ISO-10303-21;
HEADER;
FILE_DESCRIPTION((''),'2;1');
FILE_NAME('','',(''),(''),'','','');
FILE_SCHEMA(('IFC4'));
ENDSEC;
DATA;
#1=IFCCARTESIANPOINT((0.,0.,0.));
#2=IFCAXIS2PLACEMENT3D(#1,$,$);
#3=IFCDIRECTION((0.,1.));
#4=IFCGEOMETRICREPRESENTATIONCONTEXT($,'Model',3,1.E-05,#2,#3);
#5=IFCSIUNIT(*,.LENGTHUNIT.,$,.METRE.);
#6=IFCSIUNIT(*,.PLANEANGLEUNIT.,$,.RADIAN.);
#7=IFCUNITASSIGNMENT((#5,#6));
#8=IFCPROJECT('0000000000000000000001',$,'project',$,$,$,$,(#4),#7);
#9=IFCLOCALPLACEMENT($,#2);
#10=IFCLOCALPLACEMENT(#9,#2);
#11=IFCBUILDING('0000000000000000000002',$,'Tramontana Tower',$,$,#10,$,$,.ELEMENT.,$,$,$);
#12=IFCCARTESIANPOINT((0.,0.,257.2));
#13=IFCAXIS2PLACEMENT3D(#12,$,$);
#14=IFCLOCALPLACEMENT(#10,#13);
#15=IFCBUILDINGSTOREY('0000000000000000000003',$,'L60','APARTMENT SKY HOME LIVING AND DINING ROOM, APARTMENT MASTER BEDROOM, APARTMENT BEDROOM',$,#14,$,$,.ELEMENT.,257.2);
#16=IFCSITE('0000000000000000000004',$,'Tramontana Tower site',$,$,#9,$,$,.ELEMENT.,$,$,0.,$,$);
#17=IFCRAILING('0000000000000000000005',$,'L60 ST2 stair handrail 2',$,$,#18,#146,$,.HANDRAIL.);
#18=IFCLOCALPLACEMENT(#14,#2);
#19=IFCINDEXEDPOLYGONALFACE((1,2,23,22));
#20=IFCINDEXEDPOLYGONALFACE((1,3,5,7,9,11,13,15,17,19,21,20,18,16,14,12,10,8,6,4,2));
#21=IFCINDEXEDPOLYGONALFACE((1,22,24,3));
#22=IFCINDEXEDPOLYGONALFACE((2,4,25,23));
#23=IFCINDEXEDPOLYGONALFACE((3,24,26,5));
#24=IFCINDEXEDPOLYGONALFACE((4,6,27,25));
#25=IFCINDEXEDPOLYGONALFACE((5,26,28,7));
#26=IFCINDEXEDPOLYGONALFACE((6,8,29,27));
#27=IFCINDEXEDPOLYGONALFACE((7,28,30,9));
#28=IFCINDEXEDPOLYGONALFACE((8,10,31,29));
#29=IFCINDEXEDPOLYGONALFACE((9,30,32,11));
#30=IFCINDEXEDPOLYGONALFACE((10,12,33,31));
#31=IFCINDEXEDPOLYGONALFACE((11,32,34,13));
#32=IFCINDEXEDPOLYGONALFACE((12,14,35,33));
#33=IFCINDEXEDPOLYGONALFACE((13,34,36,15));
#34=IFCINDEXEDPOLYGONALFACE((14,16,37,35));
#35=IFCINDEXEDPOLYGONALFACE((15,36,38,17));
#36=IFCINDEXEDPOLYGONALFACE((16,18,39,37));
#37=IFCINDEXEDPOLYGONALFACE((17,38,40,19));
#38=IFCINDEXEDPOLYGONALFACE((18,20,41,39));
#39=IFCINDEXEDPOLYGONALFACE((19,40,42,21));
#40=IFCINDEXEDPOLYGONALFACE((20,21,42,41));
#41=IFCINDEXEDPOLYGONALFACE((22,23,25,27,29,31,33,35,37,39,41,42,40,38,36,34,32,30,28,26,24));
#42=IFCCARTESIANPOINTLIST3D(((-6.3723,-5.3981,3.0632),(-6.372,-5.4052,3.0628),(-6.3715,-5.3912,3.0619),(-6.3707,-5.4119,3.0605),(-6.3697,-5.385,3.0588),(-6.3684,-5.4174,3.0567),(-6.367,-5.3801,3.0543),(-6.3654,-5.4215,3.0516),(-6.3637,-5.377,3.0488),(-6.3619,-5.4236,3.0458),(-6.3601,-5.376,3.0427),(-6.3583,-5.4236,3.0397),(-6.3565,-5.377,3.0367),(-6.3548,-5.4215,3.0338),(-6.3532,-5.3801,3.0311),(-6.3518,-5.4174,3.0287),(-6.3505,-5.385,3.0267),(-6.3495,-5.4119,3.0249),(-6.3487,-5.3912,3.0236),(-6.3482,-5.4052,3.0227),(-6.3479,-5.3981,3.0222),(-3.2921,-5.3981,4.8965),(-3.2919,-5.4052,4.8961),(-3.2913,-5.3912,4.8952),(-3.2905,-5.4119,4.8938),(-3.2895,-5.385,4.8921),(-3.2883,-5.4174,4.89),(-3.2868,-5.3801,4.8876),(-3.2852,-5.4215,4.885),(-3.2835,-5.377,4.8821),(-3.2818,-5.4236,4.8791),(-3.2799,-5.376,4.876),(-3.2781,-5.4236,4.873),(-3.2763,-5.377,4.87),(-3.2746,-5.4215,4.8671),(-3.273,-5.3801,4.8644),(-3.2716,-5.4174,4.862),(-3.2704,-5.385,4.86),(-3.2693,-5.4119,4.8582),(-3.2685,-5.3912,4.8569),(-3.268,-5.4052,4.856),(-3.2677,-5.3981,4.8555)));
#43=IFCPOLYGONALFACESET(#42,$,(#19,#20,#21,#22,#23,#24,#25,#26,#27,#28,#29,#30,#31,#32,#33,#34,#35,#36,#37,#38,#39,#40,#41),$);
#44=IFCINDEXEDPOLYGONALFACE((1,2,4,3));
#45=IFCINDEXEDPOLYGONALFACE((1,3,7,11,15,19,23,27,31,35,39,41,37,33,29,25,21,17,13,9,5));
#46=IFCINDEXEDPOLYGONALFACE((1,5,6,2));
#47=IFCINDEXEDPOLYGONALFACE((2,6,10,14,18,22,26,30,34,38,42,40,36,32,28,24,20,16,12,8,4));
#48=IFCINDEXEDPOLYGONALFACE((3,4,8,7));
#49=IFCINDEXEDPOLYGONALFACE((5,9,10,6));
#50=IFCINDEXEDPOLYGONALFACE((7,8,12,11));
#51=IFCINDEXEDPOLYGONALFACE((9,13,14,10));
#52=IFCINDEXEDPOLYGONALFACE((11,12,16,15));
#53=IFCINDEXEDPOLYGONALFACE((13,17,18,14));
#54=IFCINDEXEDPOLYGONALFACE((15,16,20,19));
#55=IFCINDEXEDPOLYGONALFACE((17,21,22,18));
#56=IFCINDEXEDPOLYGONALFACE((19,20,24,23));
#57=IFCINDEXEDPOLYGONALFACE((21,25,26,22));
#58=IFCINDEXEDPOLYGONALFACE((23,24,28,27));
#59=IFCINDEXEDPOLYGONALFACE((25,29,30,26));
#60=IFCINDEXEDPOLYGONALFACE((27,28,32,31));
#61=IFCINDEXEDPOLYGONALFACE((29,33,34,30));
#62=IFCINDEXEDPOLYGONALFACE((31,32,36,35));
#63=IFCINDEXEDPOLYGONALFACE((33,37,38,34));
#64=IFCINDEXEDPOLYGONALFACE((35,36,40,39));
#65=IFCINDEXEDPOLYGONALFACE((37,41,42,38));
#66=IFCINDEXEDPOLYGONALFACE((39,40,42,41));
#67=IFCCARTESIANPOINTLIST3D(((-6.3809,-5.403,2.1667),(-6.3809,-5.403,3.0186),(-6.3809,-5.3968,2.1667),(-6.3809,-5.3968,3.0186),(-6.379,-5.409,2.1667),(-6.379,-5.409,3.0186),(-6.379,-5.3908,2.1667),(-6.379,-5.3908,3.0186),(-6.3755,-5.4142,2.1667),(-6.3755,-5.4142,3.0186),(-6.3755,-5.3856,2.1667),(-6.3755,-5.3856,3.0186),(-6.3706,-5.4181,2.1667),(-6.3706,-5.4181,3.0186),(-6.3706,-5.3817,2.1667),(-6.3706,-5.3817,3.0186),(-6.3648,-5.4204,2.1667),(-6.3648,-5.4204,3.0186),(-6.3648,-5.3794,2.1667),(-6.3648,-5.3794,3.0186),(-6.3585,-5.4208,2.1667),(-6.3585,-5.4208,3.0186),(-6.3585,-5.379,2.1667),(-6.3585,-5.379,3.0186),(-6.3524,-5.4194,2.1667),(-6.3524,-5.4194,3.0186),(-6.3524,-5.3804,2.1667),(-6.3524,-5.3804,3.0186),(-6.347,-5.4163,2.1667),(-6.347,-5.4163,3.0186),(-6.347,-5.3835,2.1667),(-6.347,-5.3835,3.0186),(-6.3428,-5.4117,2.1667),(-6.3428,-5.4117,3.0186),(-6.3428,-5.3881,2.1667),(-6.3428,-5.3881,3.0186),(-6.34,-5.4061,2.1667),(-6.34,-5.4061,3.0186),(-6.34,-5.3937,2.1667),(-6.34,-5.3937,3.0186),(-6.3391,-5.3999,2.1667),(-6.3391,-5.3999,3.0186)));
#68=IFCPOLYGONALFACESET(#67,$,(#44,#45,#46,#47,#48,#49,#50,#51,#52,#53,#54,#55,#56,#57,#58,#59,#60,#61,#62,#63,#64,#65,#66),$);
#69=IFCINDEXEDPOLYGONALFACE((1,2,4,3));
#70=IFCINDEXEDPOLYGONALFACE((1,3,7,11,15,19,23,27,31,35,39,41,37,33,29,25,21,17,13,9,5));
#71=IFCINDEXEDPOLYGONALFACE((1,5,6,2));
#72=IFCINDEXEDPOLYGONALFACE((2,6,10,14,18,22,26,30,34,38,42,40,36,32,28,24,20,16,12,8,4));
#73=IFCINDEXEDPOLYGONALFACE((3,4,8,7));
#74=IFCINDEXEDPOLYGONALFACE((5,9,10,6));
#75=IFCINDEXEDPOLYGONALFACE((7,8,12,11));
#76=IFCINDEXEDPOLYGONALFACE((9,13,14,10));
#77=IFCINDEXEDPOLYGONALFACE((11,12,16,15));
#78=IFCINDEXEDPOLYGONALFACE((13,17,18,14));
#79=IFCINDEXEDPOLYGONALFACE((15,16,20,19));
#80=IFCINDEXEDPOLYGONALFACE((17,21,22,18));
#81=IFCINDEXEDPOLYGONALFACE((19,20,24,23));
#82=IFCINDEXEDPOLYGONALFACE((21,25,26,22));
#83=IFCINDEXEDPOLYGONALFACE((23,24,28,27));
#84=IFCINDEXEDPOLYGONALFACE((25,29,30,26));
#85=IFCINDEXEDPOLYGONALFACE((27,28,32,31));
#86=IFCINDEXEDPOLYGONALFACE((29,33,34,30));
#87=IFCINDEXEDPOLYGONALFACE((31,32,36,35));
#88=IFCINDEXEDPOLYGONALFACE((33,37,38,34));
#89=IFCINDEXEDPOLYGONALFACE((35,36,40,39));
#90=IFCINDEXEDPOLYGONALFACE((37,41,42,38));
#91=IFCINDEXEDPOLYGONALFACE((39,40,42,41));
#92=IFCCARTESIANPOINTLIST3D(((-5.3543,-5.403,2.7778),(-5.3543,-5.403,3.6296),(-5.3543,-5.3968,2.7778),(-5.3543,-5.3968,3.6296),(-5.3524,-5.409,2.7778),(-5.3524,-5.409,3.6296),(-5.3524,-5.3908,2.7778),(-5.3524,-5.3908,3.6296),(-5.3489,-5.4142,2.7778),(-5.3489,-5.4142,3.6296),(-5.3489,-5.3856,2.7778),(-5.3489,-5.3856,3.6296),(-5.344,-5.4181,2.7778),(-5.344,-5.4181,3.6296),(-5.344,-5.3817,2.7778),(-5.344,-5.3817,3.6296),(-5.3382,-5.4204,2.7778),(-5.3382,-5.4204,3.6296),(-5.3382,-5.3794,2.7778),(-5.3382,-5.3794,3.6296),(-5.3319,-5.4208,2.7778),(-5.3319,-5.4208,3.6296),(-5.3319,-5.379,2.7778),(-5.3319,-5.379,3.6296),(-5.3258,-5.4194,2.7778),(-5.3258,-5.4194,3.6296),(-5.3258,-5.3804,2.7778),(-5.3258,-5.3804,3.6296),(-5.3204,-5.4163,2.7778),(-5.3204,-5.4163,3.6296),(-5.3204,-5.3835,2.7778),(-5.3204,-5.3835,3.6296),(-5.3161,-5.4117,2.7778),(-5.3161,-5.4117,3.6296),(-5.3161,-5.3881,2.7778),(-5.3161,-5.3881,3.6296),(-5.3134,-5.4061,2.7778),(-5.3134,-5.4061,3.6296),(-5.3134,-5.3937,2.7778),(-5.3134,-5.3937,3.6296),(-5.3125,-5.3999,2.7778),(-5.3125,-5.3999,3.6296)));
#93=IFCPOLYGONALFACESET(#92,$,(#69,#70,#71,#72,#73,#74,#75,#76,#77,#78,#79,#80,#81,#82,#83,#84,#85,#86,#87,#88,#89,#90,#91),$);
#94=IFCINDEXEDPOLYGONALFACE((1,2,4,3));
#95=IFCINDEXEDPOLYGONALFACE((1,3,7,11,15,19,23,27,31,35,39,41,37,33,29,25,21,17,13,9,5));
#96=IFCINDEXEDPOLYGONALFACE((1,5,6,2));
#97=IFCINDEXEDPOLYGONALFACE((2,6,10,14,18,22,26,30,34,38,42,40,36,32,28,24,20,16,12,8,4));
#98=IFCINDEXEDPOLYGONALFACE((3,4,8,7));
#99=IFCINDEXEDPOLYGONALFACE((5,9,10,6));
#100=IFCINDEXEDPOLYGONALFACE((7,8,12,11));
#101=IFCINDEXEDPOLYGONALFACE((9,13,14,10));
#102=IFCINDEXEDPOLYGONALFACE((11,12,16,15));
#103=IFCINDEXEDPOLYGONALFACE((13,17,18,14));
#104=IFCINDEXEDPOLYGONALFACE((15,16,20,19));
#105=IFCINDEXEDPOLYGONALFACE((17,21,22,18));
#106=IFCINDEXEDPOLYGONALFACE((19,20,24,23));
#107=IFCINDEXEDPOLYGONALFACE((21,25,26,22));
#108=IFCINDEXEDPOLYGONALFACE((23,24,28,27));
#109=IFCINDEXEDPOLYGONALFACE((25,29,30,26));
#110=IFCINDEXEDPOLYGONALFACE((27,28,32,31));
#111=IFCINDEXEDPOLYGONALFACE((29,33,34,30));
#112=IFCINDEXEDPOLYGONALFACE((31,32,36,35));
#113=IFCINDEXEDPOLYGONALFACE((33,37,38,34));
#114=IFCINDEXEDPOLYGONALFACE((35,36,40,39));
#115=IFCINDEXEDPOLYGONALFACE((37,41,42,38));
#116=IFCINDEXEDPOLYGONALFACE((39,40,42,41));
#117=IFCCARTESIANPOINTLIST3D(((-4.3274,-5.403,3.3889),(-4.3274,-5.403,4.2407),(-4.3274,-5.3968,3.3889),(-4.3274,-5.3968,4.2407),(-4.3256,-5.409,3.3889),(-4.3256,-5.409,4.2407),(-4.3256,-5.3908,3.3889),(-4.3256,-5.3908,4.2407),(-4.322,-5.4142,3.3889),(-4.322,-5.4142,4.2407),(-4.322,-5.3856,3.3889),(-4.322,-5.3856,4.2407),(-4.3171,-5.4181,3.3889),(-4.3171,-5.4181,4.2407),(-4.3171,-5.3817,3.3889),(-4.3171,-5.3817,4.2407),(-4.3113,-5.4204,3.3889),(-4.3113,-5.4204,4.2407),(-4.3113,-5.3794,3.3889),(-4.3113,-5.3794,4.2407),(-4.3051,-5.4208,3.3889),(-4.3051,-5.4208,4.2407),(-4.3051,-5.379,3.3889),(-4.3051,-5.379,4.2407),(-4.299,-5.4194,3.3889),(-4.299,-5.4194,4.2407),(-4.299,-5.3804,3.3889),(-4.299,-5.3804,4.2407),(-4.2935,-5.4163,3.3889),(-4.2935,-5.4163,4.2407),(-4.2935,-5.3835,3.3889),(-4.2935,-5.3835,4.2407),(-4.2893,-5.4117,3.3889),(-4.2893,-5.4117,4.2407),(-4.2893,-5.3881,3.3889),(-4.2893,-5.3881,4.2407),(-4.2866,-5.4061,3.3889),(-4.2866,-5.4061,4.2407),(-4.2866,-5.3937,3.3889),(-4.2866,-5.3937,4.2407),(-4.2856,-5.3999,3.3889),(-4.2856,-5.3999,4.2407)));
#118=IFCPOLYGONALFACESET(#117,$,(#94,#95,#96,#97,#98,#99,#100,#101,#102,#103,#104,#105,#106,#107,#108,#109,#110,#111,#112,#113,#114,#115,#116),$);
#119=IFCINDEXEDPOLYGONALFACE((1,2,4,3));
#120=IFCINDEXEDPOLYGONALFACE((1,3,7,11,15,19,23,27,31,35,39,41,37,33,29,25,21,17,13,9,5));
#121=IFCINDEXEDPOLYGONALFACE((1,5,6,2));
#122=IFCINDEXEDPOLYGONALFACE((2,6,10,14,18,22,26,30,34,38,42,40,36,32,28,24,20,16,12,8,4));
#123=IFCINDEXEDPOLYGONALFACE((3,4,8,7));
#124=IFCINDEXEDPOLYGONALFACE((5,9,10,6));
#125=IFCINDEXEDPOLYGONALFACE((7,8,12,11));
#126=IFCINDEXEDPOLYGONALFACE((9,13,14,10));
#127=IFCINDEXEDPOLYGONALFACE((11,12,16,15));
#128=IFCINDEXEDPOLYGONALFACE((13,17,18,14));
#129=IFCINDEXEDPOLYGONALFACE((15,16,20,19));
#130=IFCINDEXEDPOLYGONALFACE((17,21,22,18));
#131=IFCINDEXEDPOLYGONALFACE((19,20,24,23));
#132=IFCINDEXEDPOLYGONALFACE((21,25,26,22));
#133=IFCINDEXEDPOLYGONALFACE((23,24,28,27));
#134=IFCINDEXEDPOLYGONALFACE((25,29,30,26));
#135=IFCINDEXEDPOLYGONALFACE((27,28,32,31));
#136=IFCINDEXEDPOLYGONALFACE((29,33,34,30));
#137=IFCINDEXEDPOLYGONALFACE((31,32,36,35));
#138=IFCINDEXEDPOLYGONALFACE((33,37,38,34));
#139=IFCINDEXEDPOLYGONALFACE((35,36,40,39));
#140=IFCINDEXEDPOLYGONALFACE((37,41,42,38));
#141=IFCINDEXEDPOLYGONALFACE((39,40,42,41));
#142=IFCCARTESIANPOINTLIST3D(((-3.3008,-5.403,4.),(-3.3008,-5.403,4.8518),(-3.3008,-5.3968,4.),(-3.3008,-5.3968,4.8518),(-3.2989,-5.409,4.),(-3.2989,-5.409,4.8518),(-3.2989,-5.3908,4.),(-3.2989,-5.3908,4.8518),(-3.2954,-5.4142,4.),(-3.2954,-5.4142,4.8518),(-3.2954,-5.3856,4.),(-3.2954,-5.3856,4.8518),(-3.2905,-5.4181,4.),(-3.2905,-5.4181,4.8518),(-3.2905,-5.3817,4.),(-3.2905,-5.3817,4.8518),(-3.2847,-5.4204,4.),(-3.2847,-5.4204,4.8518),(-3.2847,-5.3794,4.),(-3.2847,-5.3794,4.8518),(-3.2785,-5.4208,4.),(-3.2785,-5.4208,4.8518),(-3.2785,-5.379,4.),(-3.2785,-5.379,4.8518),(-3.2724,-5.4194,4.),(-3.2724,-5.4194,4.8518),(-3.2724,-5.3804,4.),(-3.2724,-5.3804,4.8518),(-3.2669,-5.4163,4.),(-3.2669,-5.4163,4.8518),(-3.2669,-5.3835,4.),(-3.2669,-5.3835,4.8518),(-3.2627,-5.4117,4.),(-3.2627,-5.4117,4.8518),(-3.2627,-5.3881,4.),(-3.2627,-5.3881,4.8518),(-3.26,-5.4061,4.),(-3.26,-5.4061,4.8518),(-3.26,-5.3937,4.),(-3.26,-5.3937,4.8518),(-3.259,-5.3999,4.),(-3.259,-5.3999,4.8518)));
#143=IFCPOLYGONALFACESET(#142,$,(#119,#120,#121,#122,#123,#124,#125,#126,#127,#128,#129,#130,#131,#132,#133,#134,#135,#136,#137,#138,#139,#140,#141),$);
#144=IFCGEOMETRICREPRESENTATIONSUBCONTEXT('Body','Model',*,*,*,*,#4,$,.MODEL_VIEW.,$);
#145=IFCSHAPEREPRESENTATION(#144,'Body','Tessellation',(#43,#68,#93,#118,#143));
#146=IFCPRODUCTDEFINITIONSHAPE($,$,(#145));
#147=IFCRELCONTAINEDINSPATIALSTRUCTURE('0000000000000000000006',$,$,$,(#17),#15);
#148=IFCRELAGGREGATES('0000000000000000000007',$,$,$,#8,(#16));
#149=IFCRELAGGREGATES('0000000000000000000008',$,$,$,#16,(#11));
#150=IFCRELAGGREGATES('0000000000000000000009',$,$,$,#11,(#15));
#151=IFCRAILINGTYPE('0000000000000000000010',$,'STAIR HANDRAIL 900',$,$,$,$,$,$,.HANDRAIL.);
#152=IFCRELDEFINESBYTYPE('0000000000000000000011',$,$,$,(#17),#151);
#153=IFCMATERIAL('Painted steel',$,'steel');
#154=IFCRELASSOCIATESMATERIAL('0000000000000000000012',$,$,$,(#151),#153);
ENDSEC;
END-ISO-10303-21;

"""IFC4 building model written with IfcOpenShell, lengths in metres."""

from ifc_helpers import new_model, si_unit, direction, frame, origin, origin_2d, place, context, subcontext, project, spatial, circle, extrude, material, type_object, element, save


model = new_model("IFC4")

# Units and contexts
model_context = context("Model", 3, precision=1e-05, world=origin(), true_north=direction((0.0, 1.0)))
body_context = subcontext(model_context, "Body", "Model", "MODEL_VIEW")
ifc_project = project(units=[si_unit("LENGTHUNIT", "METRE"), si_unit("PLANEANGLEUNIT", "RADIAN")], contexts=[model_context])

# Site, building, storey
site_placement = place(None, origin())
site = spatial("IfcSite", under=ifc_project, at=site_placement, Name="Tramontana Tower site", CompositionType="ELEMENT", RefElevation=0.0)
building_placement = place(site_placement, origin())
building = spatial("IfcBuilding", under=site, at=building_placement, Name="Tramontana Tower", CompositionType="ELEMENT")
storey_placement = place(building_placement, frame((0.0, 0.0, 257.2)))
storey = spatial("IfcBuildingStorey", under=building, at=storey_placement, Name="L60", Description="APARTMENT SKY HOME LIVING AND DINING ROOM, APARTMENT MASTER BEDROOM, APARTMENT BEDROOM", CompositionType="ELEMENT", Elevation=257.2)

# Railing
ifc_material_1 = material(Name="Painted steel", Category="steel")
railing_type_1 = type_object("IfcRailingType", Name="STAIR HANDRAIL 900", PredefinedType="HANDRAIL", material=ifc_material_1)
railing_1_placement = place(storey_placement, frame((-6.3601, -5.3999, 2.1667)))
element("IfcRailing", 1, at=railing_1_placement, inside=storey, type_object=railing_type_1, Name="L60 ST2 stair handrail 2", PredefinedType="HANDRAIL", context=body_context, shape_type="SweptSolid", body=[
    extrude(circle(Radius=0.0239, at=origin_2d()), frame((0.0, 0.0, 0.876), z_axis=(0.859309, 0.0, 0.511458), x_axis=(0.0, 1.0, 0.0)), (0.0, 0.0, 1.0), 3.5845),
    extrude(circle(Radius=0.021, at=origin_2d()), origin(), (0.0, 0.0, 1.0), 0.8518),
    extrude(circle(Radius=0.021, at=origin_2d()), frame((1.0266, 0.0, 0.6111)), (0.0, 0.0, 1.0), 0.8518),
    extrude(circle(Radius=0.021, at=origin_2d()), frame((2.0535, 0.0, 1.2222)), (0.0, 0.0, 1.0), 0.8518),
    extrude(circle(Radius=0.021, at=origin_2d()), frame((3.0801, 0.0, 1.8333)), (0.0, 0.0, 1.0), 0.8518),
])

save(model, "model.ifc")
